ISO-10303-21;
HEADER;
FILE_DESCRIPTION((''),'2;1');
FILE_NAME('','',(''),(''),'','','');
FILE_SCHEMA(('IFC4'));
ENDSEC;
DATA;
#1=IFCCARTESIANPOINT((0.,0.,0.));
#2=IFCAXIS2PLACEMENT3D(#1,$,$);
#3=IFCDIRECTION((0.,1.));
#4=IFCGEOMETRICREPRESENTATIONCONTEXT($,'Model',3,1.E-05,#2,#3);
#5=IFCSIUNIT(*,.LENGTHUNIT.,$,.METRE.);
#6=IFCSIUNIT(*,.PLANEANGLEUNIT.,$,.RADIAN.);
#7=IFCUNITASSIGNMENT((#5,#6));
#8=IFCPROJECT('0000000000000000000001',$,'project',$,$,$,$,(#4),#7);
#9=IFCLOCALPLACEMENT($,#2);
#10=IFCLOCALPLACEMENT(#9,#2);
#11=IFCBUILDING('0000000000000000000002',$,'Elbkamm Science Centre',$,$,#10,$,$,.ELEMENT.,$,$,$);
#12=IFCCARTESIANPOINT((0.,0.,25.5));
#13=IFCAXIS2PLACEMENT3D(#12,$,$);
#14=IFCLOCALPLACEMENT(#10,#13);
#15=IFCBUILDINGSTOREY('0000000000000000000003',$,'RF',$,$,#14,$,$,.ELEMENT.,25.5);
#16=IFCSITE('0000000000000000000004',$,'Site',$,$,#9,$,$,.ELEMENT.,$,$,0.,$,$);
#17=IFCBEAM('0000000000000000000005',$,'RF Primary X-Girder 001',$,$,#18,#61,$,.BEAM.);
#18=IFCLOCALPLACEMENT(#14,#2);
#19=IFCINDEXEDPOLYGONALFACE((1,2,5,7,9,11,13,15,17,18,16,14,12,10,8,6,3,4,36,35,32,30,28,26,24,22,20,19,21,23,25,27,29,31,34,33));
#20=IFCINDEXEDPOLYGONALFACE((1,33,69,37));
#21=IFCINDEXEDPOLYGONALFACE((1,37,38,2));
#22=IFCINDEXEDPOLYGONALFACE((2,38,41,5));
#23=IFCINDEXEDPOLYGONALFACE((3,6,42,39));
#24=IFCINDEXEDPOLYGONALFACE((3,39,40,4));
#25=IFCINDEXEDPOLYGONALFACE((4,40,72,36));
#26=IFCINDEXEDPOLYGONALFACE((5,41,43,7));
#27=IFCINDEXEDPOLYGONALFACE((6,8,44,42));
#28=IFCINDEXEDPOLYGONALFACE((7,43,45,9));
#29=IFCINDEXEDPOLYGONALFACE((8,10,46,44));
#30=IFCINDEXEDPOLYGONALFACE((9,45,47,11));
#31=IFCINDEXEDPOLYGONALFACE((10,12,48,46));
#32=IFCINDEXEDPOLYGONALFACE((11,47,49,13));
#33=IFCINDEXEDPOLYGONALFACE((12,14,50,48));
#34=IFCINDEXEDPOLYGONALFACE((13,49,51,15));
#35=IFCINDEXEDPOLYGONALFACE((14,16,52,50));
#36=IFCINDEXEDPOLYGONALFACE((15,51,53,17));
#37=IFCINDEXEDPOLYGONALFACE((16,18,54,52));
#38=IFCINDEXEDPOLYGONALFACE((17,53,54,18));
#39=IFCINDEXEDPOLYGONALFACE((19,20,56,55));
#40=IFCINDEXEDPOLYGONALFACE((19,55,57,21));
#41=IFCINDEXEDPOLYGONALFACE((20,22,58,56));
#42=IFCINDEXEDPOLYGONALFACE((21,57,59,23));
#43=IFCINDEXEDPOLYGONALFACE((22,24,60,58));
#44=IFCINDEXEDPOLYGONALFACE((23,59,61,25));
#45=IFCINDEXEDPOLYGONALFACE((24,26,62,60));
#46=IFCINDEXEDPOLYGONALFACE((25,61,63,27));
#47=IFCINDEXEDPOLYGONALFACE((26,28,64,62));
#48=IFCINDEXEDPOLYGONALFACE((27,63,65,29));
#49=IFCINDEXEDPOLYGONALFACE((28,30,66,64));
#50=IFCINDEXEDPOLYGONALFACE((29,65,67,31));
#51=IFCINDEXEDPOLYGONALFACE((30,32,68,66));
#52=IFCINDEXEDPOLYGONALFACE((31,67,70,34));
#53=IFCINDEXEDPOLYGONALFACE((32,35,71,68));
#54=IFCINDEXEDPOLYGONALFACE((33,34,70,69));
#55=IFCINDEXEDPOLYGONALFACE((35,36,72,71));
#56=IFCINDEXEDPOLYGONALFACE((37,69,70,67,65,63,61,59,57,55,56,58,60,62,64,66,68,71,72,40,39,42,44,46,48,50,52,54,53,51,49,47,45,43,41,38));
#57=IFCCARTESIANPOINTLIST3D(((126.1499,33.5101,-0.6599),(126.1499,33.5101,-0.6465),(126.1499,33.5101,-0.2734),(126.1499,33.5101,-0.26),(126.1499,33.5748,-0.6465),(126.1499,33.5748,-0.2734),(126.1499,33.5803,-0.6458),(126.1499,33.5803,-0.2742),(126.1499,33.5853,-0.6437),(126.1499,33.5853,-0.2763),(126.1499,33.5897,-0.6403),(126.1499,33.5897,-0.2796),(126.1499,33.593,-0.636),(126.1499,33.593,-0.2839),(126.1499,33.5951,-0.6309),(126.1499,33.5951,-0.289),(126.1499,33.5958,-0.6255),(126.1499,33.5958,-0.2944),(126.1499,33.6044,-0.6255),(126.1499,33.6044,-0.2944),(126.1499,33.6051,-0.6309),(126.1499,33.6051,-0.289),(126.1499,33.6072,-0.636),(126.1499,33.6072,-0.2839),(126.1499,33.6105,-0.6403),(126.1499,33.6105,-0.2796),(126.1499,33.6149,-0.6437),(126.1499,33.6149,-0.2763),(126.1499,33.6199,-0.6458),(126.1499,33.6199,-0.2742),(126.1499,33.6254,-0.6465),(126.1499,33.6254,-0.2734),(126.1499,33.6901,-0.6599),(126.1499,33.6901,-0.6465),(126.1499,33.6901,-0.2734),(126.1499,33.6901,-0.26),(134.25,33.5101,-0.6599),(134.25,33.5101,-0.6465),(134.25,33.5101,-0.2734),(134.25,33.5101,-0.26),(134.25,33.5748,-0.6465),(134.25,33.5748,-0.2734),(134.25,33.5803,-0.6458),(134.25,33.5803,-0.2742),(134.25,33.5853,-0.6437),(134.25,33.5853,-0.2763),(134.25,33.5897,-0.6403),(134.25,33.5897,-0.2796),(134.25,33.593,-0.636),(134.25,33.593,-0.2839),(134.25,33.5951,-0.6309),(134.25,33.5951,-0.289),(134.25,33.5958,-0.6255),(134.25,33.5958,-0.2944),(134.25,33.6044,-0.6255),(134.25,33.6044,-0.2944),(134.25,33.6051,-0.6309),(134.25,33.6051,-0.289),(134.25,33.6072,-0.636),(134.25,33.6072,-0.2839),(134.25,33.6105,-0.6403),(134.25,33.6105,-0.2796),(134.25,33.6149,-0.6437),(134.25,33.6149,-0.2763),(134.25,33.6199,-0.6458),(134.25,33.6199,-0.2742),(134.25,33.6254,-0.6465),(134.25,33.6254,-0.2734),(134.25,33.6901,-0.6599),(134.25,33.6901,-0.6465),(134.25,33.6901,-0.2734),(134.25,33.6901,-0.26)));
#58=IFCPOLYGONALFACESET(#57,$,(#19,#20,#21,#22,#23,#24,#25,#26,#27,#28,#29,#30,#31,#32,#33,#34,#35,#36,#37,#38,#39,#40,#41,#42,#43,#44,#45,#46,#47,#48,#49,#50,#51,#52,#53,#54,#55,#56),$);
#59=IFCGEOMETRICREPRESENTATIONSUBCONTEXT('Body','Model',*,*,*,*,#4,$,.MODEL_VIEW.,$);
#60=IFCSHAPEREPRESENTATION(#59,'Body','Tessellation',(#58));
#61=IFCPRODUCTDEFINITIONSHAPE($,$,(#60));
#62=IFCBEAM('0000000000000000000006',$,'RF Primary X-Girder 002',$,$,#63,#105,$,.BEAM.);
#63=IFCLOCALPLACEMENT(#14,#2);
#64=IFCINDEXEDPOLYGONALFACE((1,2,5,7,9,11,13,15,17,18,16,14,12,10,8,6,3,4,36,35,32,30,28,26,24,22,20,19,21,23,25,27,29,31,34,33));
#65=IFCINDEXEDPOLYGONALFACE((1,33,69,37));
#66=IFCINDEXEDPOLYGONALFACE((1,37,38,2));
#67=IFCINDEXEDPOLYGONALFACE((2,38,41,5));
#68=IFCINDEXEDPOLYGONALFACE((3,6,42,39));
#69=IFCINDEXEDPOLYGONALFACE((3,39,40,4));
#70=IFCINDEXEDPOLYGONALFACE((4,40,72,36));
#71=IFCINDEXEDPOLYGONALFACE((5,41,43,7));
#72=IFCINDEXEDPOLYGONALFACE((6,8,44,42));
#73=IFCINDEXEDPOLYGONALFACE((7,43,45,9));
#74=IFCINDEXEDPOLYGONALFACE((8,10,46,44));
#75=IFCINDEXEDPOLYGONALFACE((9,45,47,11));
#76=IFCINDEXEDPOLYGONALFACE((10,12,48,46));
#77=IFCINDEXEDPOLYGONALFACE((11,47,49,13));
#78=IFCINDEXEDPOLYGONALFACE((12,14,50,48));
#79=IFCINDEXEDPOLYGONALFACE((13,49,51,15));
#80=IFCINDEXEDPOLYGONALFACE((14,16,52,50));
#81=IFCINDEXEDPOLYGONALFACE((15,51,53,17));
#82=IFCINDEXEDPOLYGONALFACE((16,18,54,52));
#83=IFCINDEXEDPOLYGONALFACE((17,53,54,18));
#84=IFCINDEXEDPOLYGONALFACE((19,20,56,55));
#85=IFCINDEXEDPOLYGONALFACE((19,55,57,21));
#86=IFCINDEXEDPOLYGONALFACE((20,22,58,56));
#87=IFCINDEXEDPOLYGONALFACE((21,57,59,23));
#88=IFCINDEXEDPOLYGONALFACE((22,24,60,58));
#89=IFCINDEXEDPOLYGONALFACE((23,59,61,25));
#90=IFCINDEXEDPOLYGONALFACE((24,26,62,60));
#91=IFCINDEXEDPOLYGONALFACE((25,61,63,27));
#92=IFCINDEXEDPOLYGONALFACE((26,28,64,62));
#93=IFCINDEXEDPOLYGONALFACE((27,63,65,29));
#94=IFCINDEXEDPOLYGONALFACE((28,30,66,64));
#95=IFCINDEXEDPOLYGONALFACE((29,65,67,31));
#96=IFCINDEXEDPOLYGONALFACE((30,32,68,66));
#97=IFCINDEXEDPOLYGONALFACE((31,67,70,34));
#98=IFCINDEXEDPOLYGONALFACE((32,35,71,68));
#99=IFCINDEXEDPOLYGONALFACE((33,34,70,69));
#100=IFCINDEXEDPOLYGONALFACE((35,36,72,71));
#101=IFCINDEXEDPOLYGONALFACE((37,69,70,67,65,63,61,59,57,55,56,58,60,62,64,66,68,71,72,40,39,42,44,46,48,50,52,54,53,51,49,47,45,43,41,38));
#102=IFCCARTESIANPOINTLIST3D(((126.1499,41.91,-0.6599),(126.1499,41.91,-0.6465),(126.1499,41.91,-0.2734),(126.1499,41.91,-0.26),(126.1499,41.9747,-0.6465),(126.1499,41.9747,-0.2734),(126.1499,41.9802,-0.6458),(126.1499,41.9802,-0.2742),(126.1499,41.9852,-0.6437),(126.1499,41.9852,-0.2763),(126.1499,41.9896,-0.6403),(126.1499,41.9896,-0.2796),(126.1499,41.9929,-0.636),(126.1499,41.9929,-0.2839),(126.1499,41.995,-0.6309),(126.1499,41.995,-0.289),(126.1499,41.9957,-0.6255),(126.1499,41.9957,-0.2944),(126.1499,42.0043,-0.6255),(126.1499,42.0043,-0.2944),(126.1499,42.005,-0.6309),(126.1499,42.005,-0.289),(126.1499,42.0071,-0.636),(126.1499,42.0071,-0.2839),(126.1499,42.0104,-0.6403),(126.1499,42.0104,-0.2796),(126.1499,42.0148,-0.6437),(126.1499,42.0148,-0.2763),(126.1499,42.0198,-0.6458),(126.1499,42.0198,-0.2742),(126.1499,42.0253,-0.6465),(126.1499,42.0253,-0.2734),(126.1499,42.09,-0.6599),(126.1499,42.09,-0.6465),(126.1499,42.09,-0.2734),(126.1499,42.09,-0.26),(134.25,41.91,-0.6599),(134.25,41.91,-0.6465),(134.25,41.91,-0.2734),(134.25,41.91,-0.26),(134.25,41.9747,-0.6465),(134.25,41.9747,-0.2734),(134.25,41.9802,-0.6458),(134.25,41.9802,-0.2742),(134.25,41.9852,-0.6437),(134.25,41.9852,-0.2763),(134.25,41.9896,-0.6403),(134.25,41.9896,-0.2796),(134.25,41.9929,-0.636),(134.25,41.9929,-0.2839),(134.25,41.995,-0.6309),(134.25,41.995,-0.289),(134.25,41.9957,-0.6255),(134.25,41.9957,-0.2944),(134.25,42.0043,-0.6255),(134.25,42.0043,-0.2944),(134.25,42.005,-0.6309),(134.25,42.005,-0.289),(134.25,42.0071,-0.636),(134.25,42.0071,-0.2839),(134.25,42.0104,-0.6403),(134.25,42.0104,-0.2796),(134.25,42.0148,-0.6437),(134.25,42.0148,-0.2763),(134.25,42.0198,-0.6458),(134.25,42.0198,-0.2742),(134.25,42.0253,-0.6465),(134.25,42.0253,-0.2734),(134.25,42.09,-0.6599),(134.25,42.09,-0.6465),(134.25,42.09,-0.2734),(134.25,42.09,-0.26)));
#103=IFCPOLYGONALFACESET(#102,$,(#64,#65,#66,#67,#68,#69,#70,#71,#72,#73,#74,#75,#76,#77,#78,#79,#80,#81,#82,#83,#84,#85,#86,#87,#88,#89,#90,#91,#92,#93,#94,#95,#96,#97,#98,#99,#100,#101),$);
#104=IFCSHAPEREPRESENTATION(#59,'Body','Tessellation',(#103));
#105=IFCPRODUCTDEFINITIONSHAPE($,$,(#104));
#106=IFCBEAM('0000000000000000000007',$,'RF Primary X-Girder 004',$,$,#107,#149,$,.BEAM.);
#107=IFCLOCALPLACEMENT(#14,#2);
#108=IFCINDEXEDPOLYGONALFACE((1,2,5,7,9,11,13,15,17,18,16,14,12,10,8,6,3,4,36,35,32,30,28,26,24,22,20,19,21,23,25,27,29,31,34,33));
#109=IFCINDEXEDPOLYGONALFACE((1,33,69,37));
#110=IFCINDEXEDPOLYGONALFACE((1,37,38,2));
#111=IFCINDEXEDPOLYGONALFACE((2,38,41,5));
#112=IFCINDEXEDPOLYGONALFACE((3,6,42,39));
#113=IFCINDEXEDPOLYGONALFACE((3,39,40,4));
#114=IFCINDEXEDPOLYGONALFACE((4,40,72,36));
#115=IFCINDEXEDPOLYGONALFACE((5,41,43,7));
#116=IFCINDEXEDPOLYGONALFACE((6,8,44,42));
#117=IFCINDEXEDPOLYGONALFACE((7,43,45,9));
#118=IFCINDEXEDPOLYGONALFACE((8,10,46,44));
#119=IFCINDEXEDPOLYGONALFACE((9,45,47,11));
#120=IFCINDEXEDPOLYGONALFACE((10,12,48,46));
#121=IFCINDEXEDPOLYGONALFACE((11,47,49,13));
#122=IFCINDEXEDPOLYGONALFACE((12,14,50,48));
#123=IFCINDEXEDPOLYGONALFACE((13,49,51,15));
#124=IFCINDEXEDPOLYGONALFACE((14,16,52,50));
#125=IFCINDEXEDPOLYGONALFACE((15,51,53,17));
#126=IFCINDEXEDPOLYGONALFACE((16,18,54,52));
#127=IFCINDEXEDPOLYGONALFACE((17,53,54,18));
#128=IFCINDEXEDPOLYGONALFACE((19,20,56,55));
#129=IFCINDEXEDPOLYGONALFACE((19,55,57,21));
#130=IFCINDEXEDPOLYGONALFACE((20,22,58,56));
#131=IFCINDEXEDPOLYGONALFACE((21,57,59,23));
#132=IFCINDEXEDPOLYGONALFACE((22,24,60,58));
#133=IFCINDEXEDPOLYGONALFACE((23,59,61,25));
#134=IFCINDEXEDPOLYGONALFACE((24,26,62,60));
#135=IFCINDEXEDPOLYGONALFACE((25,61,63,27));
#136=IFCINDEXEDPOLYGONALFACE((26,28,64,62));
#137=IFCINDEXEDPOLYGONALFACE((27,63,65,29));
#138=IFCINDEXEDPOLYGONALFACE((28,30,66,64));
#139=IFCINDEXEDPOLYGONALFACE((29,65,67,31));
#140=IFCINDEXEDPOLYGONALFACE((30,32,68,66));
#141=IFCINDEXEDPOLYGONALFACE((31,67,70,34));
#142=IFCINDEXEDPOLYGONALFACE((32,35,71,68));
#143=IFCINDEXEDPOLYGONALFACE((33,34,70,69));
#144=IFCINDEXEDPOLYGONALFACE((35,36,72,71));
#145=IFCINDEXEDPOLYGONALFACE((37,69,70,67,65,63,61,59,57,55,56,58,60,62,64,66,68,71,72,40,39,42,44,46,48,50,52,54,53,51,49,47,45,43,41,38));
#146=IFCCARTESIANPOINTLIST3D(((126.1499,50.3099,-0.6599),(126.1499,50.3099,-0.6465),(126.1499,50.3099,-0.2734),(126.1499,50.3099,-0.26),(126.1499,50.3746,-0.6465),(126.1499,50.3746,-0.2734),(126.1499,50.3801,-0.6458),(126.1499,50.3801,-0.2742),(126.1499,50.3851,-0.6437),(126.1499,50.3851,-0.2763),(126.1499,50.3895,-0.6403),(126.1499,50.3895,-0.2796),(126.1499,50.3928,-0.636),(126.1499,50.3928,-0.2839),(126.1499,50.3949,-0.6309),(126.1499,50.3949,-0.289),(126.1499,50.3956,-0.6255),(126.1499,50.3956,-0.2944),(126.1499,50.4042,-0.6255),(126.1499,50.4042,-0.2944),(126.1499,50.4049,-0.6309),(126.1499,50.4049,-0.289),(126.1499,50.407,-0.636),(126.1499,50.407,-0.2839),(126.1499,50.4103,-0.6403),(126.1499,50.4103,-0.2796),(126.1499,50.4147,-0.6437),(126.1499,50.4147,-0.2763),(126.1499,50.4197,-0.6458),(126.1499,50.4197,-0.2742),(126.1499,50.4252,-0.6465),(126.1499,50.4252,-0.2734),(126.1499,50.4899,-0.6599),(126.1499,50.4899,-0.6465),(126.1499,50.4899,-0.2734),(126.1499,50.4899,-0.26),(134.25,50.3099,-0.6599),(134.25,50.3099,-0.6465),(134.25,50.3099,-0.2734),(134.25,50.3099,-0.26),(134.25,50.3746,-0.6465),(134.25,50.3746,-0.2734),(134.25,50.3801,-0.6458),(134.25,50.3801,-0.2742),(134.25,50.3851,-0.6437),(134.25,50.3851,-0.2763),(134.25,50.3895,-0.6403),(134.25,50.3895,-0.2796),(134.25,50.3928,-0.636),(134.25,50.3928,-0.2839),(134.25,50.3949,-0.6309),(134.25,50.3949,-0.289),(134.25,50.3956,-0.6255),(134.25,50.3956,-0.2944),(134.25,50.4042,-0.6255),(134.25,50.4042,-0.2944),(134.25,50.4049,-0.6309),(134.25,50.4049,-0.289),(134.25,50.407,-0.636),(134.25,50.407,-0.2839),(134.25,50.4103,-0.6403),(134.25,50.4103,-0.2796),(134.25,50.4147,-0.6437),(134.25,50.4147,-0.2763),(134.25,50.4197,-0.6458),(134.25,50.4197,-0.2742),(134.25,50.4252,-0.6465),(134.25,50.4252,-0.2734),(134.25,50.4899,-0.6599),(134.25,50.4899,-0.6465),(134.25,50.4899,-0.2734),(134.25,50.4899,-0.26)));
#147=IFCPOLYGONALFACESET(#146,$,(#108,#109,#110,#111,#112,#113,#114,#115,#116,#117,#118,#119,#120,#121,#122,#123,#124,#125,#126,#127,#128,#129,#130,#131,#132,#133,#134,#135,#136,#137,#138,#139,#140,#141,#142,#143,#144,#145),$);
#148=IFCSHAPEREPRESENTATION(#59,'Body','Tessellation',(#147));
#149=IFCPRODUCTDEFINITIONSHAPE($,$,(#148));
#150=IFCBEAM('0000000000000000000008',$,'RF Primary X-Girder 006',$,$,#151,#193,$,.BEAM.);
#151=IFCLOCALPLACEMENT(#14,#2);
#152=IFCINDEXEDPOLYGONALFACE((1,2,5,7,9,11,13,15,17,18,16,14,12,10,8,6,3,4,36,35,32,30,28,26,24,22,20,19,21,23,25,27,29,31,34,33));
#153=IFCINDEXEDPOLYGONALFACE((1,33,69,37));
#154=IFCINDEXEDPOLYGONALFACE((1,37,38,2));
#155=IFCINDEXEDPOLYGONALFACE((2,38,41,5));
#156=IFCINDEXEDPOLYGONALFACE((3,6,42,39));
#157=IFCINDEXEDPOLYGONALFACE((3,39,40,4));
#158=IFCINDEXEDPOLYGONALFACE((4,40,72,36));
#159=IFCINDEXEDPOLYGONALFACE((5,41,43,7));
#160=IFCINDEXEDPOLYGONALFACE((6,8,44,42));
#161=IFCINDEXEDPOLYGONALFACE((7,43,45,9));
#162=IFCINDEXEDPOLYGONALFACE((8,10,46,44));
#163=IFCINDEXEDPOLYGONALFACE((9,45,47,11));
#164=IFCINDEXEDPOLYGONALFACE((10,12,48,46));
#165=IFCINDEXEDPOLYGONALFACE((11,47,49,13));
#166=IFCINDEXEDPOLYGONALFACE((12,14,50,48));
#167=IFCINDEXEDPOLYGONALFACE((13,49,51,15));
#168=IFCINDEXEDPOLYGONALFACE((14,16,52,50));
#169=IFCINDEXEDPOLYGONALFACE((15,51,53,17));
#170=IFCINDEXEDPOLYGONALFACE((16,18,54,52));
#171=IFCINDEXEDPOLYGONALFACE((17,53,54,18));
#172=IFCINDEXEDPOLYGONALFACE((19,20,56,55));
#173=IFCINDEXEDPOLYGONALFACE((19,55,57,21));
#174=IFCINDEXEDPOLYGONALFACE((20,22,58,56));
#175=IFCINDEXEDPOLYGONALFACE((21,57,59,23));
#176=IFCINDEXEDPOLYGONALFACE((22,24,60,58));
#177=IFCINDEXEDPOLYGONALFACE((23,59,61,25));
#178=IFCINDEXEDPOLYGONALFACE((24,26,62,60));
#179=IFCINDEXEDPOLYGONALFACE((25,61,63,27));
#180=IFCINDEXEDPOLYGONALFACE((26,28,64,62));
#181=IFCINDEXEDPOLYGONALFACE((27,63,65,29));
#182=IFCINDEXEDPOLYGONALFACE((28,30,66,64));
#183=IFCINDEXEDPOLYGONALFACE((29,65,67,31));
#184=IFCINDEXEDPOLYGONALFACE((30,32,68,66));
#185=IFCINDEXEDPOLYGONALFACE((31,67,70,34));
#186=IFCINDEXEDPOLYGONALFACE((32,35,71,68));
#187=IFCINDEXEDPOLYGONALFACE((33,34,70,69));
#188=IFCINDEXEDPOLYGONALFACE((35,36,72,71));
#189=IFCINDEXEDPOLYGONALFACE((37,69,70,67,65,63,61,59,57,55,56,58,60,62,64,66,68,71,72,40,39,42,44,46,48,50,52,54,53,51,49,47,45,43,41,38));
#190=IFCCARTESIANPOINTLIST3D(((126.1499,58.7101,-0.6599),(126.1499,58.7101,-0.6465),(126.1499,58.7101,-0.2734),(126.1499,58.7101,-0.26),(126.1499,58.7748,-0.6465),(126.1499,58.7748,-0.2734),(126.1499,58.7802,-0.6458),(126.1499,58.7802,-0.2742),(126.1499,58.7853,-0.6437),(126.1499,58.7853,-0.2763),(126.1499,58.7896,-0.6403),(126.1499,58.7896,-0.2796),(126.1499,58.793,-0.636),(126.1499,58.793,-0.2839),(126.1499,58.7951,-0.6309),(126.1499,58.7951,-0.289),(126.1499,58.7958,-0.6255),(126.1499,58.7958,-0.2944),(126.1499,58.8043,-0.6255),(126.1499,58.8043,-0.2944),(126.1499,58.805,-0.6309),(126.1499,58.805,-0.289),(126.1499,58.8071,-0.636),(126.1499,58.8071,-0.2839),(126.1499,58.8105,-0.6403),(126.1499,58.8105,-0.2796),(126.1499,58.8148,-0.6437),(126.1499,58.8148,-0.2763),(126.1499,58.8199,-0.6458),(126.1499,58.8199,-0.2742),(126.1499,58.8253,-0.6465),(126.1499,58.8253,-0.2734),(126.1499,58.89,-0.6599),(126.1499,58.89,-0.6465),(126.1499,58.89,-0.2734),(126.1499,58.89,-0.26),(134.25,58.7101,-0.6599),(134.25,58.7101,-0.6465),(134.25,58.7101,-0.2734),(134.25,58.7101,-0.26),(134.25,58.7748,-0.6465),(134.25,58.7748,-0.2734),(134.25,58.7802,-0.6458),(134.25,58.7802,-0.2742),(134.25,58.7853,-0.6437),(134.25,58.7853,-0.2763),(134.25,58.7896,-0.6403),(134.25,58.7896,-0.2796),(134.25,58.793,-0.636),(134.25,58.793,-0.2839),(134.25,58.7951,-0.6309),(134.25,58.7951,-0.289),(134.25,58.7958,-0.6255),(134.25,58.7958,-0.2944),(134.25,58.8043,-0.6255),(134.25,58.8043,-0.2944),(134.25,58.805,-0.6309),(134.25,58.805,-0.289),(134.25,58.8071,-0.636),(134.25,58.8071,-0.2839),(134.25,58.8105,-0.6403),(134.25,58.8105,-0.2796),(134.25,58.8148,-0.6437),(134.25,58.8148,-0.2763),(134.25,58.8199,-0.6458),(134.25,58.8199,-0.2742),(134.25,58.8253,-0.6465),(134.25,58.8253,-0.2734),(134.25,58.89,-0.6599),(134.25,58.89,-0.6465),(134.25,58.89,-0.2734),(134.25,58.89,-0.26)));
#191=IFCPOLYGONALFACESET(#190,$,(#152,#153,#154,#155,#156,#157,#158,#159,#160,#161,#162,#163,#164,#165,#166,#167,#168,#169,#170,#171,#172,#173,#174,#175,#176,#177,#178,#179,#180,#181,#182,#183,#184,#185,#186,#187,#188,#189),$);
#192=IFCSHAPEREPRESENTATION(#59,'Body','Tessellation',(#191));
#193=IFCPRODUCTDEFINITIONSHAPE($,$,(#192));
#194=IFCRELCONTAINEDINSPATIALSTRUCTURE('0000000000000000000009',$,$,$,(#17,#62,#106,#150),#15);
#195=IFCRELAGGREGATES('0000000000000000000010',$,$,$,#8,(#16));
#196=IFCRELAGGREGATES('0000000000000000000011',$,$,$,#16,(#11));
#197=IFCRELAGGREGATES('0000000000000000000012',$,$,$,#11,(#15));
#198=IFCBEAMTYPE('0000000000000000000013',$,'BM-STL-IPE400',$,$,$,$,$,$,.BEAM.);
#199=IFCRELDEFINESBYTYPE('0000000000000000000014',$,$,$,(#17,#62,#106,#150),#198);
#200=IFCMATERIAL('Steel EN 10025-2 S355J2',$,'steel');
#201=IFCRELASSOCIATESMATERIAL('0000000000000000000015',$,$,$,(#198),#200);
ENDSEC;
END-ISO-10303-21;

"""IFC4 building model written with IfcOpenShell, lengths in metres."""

from ifc_helpers import new_model, si_unit, direction, frame, origin, origin_2d, place, context, subcontext, project, spatial, i_section, extrude, material, material_profile, profile_set, type_object, element, save


model = new_model("IFC4")

# Units and contexts
model_context = context("Model", 3, precision=1e-05, world=origin(), true_north=direction((0.0, 1.0)))
body_context = subcontext(model_context, "Body", "Model", "MODEL_VIEW")
ifc_project = project(units=[si_unit("LENGTHUNIT", "METRE"), si_unit("PLANEANGLEUNIT", "RADIAN")], contexts=[model_context])

# Site, building, storey
site_placement = place(None, origin())
site = spatial("IfcSite", under=ifc_project, at=site_placement, Name="Site", CompositionType="ELEMENT", RefElevation=0.0)
building_placement = place(site_placement, origin())
building = spatial("IfcBuilding", under=site, at=building_placement, Name="Elbkamm Science Centre", CompositionType="ELEMENT")
storey_placement = place(building_placement, frame((0.0, 0.0, 25.5)))
storey = spatial("IfcBuildingStorey", under=building, at=storey_placement, Name="RF", CompositionType="ELEMENT", Elevation=25.5)

# Beams
ifc_material_1 = material(Name="Steel EN 10025-2 S355J2", Category="steel")
ifc_material_profile_1 = material_profile(ifc_material_1, i_section(OverallWidth=0.1799, OverallDepth=0.3999, WebThickness=0.0085, FlangeThickness=0.0134, FilletRadius=0.021, at=origin_2d()), Name="IPE 400")
ifc_profile_set_1 = profile_set([ifc_material_profile_1], Name="Steel EN 10025-2 S355J2")
beam_type_1 = type_object("IfcBeamType", Name="BM-STL-IPE400", PredefinedType="BEAM", material=ifc_profile_set_1)
for number, where, z_axis, x_axis, name in (
    (1, (126.1499, 33.6001, -0.46), (1.0, 0.0, 0.0), (0.0, 1.0, 0.0), "RF Primary X-Girder 001"),
    (2, (126.1499, 42.0, -0.46), (1.0, 0.0, 0.0), (0.0, 1.0, 0.0), "RF Primary X-Girder 002"),
    (3, (126.1499, 50.3999, -0.46), (1.0, 0.0, 0.0), (0.0, 1.0, 0.0), "RF Primary X-Girder 004"),
    (4, (126.1499, 58.8, -0.46), (1.0, 0.0, 0.0), (0.0, 1.0, 0.0), "RF Primary X-Girder 006"),
):
    element("IfcBeam", number, at=place(storey_placement, frame(where, z_axis=z_axis, x_axis=x_axis)), inside=storey, type_object=beam_type_1, Name=name, PredefinedType="BEAM", context=body_context, shape_type="SweptSolid", body=[
        extrude(i_section(OverallWidth=0.1799, OverallDepth=0.3999, WebThickness=0.0085, FlangeThickness=0.0134, FilletRadius=0.021, at=origin_2d()), origin(), (0.0, 0.0, 1.0), 8.1001),
    ])

save(model, "model.ifc")
